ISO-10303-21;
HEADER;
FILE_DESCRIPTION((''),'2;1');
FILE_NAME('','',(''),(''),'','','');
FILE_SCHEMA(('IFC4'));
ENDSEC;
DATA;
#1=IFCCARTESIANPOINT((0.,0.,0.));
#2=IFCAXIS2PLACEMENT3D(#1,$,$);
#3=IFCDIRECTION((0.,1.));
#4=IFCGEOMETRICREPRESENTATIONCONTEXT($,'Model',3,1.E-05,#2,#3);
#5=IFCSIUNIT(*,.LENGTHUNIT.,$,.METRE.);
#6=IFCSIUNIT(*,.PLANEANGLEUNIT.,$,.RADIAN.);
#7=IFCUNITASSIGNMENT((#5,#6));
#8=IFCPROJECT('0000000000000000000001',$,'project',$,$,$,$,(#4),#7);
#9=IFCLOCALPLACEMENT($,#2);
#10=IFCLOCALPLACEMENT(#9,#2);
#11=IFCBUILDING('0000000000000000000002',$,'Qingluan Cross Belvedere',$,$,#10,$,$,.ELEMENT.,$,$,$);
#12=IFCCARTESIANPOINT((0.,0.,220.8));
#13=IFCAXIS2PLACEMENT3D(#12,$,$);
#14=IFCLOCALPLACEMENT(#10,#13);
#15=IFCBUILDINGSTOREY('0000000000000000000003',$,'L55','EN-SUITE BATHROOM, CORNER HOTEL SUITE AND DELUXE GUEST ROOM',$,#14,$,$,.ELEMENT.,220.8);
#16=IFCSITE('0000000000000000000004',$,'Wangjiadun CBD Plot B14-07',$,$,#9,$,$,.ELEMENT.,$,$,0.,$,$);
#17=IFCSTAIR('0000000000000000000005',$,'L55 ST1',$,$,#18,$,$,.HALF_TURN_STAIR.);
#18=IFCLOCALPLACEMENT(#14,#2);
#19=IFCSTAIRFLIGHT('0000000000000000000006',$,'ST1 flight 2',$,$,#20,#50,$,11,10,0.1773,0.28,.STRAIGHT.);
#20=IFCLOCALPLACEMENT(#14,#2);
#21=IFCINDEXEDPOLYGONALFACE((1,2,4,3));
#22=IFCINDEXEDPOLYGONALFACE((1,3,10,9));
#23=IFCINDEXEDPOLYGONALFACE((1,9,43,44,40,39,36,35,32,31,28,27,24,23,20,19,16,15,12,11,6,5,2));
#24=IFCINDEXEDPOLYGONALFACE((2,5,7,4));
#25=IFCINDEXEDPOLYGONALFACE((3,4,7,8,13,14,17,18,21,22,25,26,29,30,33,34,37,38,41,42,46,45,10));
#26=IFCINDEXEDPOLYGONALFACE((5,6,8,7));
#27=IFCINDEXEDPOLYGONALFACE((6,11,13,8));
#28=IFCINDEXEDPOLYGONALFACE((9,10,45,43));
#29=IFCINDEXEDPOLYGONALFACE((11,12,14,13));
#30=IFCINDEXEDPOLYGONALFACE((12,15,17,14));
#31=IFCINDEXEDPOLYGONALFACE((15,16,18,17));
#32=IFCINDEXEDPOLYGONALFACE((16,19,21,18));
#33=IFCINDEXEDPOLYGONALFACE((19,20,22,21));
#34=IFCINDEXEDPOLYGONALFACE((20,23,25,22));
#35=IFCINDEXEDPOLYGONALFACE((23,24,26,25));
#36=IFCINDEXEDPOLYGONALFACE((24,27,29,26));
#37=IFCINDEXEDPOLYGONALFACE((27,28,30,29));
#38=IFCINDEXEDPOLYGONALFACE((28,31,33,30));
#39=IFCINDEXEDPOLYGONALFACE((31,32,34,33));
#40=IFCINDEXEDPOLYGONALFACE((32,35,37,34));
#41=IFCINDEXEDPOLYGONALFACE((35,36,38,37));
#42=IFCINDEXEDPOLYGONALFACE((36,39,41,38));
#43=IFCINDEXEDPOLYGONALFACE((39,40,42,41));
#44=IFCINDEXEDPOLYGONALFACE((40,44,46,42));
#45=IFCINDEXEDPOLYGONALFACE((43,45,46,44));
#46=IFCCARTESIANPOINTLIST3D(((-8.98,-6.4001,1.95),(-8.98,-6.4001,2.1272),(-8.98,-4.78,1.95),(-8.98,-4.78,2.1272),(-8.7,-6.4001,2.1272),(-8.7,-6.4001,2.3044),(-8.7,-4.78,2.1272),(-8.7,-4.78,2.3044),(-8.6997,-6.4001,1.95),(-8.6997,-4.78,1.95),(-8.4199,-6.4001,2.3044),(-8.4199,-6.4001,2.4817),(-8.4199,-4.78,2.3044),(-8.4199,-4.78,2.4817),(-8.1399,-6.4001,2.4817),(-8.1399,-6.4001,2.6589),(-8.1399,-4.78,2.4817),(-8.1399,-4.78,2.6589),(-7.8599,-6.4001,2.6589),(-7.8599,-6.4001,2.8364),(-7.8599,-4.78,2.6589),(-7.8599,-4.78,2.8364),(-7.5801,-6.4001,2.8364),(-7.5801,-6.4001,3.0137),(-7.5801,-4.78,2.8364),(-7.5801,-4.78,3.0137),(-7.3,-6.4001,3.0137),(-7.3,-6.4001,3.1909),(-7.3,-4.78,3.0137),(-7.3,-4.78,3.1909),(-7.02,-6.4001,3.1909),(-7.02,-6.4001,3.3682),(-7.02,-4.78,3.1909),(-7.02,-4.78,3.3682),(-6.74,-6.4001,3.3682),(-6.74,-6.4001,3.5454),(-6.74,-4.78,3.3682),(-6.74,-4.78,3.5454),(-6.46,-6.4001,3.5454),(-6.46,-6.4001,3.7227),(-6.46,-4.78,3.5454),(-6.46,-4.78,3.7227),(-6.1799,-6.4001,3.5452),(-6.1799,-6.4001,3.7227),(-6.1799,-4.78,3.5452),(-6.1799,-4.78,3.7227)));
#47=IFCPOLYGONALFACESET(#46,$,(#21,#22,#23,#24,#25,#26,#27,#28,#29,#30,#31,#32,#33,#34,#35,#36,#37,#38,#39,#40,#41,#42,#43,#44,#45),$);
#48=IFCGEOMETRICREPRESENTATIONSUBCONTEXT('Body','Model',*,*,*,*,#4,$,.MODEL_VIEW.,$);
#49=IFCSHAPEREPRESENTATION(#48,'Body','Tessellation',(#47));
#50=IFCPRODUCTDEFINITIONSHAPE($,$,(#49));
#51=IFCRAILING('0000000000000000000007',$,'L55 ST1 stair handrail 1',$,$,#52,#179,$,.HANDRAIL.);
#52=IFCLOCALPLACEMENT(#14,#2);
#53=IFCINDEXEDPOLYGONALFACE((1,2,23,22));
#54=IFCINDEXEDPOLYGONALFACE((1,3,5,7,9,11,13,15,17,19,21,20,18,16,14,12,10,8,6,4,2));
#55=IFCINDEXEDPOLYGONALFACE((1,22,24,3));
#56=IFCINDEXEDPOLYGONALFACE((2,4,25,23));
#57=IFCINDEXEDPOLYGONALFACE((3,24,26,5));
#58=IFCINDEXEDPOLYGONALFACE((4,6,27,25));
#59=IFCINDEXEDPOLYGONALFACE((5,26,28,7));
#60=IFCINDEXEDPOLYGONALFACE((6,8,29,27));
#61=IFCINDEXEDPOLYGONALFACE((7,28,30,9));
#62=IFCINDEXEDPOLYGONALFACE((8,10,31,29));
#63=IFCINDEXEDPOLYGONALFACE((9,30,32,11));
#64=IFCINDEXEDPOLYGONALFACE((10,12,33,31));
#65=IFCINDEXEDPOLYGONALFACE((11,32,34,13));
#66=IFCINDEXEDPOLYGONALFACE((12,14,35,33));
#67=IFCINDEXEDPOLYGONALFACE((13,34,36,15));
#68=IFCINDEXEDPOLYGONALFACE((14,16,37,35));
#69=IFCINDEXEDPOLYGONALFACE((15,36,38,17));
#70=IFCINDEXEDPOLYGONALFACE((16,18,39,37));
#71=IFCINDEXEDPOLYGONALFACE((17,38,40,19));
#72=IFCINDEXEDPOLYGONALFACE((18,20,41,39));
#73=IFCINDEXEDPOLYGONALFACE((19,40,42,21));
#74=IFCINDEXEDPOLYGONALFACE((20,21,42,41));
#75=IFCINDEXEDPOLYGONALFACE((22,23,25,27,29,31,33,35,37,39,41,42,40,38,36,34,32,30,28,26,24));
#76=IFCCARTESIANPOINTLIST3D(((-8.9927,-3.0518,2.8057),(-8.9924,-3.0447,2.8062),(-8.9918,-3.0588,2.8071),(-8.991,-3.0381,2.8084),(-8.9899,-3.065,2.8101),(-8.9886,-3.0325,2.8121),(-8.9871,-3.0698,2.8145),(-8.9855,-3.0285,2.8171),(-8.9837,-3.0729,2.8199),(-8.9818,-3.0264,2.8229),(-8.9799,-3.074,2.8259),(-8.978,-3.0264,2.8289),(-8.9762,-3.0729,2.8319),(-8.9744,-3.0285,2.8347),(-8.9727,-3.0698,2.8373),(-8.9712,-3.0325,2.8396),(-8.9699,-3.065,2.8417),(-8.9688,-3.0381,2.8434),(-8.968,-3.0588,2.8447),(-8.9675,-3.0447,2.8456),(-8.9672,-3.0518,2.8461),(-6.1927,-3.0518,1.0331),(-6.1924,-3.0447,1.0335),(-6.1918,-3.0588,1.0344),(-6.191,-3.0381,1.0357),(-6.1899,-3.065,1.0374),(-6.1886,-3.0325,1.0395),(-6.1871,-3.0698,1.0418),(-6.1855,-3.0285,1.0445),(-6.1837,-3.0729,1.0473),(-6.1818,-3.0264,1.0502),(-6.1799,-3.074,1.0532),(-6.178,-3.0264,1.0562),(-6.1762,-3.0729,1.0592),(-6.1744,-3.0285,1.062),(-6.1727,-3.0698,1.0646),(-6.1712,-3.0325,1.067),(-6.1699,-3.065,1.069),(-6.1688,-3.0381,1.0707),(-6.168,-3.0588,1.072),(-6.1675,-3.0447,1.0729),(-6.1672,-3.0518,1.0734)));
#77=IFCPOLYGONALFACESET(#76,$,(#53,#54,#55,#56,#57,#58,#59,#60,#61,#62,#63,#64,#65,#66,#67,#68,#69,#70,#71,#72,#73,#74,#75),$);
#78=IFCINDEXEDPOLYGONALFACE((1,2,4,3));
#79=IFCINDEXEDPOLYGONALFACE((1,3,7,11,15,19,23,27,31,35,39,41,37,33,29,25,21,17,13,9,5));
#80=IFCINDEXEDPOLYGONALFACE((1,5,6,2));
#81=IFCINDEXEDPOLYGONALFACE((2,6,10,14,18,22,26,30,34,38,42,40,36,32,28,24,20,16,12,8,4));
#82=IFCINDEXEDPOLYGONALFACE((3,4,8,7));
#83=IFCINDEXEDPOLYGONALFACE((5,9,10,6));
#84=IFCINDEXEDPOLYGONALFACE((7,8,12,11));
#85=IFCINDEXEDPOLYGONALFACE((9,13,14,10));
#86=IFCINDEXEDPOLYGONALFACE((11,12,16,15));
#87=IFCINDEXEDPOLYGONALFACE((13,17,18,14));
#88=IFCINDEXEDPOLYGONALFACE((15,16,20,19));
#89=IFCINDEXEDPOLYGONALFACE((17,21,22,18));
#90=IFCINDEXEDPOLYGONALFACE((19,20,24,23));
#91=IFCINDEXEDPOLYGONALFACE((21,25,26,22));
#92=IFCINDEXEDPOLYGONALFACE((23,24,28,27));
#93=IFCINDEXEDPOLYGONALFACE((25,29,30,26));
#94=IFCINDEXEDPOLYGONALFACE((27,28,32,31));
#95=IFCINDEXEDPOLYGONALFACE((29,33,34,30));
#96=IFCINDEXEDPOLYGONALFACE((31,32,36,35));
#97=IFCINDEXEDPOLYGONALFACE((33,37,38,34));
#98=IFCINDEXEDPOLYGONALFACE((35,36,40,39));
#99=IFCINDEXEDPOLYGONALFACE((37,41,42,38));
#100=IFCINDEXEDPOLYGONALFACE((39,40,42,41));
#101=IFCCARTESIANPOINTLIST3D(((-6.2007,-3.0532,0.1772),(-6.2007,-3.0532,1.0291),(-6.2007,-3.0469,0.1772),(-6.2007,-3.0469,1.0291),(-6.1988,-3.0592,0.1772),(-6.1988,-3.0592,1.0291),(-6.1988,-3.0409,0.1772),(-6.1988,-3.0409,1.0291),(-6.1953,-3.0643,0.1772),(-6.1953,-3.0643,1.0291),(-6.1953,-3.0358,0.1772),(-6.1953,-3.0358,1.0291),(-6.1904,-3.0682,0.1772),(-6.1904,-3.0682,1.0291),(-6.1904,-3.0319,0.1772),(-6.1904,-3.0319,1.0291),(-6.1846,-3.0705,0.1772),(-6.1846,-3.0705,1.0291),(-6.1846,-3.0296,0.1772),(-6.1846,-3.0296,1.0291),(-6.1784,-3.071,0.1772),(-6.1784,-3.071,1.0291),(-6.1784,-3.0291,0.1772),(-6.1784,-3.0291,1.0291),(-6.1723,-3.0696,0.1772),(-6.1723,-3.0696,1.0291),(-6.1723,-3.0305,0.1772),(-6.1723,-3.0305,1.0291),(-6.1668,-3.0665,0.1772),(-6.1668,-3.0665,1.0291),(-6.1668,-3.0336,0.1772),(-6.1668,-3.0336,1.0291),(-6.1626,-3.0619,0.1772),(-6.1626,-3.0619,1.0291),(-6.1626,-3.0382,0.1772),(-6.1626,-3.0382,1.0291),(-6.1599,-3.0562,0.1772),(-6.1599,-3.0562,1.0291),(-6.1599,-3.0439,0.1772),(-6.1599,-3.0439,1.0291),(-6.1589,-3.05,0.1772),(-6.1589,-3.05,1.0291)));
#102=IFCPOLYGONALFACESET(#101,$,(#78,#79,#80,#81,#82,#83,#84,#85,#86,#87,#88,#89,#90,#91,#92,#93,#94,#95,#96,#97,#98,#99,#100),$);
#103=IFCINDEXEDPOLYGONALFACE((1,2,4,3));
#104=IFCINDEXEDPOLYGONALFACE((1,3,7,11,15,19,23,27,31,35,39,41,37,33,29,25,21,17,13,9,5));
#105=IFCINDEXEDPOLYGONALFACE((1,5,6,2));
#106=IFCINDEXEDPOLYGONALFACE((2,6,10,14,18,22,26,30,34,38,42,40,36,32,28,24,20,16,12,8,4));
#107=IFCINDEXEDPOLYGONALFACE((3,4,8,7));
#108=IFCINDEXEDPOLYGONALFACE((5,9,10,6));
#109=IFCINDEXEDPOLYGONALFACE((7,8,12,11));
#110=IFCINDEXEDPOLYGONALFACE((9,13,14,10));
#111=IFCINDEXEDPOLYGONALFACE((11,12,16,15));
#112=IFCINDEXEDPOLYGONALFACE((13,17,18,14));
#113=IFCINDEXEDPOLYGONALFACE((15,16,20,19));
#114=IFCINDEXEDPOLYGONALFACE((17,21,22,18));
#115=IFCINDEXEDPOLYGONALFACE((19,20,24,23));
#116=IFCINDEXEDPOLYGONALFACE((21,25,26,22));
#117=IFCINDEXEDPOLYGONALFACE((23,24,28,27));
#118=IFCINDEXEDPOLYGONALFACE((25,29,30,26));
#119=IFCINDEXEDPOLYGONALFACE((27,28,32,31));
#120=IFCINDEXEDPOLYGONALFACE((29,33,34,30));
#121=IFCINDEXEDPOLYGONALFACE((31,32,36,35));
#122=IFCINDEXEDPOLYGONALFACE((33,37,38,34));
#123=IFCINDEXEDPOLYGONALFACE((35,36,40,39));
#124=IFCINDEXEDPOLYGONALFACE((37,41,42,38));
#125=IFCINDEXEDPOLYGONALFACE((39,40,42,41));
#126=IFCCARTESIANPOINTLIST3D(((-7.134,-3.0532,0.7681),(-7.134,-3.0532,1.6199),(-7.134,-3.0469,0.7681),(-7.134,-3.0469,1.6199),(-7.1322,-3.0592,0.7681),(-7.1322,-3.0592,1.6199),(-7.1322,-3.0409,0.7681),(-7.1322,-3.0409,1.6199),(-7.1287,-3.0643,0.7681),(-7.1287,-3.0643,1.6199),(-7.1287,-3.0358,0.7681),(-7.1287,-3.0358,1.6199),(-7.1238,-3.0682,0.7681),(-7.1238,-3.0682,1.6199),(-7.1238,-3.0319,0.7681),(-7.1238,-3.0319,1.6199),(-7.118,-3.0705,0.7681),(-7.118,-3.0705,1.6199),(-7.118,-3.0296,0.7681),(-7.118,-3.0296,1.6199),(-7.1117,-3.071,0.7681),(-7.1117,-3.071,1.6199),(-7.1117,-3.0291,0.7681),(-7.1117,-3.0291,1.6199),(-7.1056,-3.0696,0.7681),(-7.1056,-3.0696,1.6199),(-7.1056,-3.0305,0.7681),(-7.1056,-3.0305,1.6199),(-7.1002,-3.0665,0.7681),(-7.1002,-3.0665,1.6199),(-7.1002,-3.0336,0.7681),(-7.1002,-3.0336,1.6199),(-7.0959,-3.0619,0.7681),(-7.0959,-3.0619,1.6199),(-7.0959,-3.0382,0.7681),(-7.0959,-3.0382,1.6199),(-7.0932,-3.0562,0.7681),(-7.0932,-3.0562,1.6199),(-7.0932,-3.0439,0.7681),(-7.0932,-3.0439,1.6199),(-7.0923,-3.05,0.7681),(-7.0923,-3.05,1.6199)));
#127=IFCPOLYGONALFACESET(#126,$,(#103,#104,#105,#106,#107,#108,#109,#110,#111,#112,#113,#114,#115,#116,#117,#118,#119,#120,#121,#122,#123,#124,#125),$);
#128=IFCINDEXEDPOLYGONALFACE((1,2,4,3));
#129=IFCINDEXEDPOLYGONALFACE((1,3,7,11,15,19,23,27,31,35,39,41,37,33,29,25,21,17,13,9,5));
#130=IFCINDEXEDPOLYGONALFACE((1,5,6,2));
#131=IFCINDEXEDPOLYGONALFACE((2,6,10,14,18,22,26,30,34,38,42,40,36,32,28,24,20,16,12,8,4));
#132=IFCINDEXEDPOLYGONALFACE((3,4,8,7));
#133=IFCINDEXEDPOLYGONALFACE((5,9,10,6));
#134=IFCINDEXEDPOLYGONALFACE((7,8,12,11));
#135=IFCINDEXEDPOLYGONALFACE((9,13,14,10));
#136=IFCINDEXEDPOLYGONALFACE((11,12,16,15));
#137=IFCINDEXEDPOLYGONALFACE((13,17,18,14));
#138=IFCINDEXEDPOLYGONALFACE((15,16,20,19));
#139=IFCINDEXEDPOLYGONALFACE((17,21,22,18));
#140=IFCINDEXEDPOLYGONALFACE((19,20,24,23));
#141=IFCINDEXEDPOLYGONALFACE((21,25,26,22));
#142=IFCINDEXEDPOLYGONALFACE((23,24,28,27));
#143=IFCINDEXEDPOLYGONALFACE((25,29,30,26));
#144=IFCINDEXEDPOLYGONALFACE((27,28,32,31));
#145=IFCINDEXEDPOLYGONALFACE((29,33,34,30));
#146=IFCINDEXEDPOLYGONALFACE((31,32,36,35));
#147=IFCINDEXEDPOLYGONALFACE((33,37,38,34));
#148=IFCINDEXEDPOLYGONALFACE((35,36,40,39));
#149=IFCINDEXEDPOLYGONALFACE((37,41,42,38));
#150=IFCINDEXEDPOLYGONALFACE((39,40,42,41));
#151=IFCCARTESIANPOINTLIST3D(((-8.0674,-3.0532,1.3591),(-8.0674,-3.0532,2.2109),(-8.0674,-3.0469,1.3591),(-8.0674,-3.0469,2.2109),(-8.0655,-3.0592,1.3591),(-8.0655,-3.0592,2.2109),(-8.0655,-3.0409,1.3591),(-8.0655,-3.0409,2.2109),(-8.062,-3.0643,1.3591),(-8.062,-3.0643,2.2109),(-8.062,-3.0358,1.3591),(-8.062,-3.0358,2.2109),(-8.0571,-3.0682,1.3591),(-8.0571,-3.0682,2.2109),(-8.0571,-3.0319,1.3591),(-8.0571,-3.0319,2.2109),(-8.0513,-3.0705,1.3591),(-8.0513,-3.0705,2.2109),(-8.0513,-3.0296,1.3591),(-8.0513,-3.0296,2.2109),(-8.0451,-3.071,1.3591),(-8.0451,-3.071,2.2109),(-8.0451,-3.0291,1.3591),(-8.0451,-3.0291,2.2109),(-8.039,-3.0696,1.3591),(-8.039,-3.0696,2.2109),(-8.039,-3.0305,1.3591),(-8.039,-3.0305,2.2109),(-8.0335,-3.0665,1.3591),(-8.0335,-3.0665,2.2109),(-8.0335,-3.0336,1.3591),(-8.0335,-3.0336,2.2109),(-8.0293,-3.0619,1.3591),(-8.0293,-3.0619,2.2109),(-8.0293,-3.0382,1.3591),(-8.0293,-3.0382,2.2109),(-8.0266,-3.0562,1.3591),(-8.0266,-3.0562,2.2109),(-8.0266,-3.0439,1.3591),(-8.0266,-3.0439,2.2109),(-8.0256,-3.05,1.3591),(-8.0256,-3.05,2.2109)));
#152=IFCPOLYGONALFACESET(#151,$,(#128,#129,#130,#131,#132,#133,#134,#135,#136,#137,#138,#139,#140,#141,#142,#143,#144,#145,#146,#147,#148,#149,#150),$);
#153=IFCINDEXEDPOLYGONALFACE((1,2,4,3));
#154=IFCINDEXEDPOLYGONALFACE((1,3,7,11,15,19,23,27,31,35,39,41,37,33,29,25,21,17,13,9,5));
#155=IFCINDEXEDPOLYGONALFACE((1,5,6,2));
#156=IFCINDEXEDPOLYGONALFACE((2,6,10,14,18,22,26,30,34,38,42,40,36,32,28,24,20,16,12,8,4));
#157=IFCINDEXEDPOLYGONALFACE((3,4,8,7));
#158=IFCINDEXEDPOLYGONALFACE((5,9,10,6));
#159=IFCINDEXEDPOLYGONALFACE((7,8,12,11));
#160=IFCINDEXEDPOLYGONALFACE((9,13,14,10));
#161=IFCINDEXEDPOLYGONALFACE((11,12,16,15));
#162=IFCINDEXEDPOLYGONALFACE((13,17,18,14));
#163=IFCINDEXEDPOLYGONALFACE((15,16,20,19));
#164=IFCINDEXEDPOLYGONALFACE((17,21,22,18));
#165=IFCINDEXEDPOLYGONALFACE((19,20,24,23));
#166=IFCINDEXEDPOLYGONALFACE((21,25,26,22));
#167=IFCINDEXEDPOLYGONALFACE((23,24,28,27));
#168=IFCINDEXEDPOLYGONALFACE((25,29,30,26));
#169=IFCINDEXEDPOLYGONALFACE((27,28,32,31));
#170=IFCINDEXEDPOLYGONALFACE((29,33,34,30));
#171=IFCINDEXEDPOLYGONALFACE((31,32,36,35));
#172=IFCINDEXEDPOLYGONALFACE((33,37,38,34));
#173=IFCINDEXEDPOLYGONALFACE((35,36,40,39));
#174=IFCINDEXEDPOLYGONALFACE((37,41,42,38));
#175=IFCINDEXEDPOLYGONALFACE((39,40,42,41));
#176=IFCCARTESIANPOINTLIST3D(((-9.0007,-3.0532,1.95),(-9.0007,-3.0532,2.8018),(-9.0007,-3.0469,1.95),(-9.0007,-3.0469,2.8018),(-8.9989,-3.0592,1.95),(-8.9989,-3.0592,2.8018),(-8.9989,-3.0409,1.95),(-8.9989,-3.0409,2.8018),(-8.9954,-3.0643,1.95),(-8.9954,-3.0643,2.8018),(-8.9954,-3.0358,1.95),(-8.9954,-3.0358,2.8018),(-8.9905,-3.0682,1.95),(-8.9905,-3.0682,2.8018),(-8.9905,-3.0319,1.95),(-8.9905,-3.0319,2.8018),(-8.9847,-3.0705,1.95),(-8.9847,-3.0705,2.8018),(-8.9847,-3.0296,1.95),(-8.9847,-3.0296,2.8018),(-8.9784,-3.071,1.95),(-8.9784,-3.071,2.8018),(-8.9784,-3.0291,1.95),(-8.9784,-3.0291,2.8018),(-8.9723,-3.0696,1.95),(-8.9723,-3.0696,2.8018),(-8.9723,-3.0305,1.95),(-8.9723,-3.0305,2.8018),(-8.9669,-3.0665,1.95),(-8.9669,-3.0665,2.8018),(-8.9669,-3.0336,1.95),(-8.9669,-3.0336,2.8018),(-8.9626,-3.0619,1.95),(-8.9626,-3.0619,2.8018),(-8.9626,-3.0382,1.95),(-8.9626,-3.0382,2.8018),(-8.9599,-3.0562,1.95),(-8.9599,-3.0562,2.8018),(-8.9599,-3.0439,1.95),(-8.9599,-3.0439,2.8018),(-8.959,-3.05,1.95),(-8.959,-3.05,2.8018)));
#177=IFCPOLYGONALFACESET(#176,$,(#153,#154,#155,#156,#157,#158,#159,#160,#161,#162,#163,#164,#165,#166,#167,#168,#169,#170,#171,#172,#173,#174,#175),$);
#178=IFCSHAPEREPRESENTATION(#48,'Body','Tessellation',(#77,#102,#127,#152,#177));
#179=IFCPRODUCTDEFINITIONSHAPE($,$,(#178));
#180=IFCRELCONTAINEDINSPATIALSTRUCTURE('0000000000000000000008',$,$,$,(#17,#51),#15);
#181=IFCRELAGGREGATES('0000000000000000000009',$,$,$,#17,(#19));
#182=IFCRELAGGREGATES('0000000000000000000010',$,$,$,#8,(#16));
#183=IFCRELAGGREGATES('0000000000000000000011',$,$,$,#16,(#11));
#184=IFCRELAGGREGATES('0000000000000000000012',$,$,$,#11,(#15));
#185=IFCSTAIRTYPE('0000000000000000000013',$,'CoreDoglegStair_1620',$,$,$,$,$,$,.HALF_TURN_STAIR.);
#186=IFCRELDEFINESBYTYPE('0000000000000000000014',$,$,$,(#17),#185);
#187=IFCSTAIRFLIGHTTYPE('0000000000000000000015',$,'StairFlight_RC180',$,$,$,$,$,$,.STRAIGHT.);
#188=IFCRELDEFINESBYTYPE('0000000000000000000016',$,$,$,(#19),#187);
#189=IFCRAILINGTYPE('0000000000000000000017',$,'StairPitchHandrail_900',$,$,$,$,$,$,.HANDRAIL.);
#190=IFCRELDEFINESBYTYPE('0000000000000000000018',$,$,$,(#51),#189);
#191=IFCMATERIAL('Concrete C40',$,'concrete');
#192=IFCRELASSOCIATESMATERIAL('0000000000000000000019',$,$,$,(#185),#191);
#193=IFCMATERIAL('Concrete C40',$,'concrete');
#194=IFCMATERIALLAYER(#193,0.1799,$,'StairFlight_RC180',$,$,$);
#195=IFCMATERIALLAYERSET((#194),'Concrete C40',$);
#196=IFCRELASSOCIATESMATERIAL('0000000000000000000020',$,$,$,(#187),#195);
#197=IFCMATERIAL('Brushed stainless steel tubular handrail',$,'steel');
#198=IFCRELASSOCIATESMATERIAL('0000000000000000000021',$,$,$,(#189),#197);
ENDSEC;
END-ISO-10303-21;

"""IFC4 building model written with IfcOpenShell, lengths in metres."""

from ifc_helpers import new_model, si_unit, direction, frame, origin, origin_2d, place, context, subcontext, project, spatial, polyline, circle, outline, extrude, material, layer, layer_set, type_object, element, aggregate, save


model = new_model("IFC4")

# Units and contexts
model_context = context("Model", 3, precision=1e-05, world=origin(), true_north=direction((0.0, 1.0)))
body_context = subcontext(model_context, "Body", "Model", "MODEL_VIEW")
ifc_project = project(units=[si_unit("LENGTHUNIT", "METRE"), si_unit("PLANEANGLEUNIT", "RADIAN")], contexts=[model_context])

# Site, building, storey
site_placement = place(None, origin())
site = spatial("IfcSite", under=ifc_project, at=site_placement, Name="Wangjiadun CBD Plot B14-07", CompositionType="ELEMENT", RefElevation=0.0)
building_placement = place(site_placement, origin())
building = spatial("IfcBuilding", under=site, at=building_placement, Name="Qingluan Cross Belvedere", CompositionType="ELEMENT")
storey_placement = place(building_placement, frame((0.0, 0.0, 220.8)))
storey = spatial("IfcBuildingStorey", under=building, at=storey_placement, Name="L55", Description="EN-SUITE BATHROOM, CORNER HOTEL SUITE AND DELUXE GUEST ROOM", CompositionType="ELEMENT", Elevation=220.8)

# Stair, stair flight
ifc_material_1 = material(Name="Concrete C40", Category="concrete")
stair_type = type_object("IfcStairType", Name="CoreDoglegStair_1620", PredefinedType="HALF_TURN_STAIR", material=ifc_material_1)
stair_placement = place(storey_placement, origin())
stair = element("IfcStair", 1, at=stair_placement, inside=storey, type_object=stair_type, Name="L55 ST1", PredefinedType="HALF_TURN_STAIR")
ifc_material_2 = material(Name="Concrete C40", Category="concrete")
ifc_layer_1 = layer(ifc_material_2, 0.1799, Name="StairFlight_RC180")
ifc_layer_set_1 = layer_set([ifc_layer_1], Name="Concrete C40")
stair_flight_type = type_object("IfcStairFlightType", Name="StairFlight_RC180", PredefinedType="STRAIGHT", material=ifc_layer_set_1)
stair_flight_1_placement = place(storey_placement, frame((-8.98, -5.5901, 1.95), z_axis=(0.0, 0.0, 1.0), x_axis=(1.0, 0.0, 0.0)))
stair_flight_1 = element("IfcStairFlight", 2, at=stair_flight_1_placement, type_object=stair_flight_type, Name="ST1 flight 2", NumberOfRisers=11, NumberOfTreads=10, PredefinedType="STRAIGHT", RiserHeight=0.1773, TreadLength=0.28, context=body_context, shape_type="SweptSolid", body=[
    extrude(outline(polyline([(0.0, 0.0), (0.0, 0.1772), (0.28, 0.1772), (0.28, 0.3545), (0.5601, 0.3545), (0.5601, 0.5317), (0.8401, 0.5317), (0.8401, 0.709), (1.1201, 0.709), (1.1201, 0.8865), (1.3999, 0.8865), (1.3999, 1.0637), (1.6799, 1.0637), (1.6799, 1.241), (1.96, 1.241), (1.96, 1.4182), (2.24, 1.4182), (2.24, 1.5955), (2.52, 1.5955), (2.52, 1.7727), (2.8, 1.7727), (2.8, 1.95), (2.8, 1.5952), (0.2803, 0.0), (0.0, 0.0)])), frame((0.0, 0.8101, 0.0), z_axis=(0.0, -1.0, 0.0), x_axis=(1.0, 0.0, 0.0)), (0.0, 0.0, 1.0), 1.6201),
])
aggregate(stair, [stair_flight_1])

# Railing
ifc_material_3 = material(Name="Brushed stainless steel tubular handrail", Category="steel")
railing_type_1 = type_object("IfcRailingType", Name="StairPitchHandrail_900", PredefinedType="HANDRAIL", material=ifc_material_3)
railing_1_placement = place(storey_placement, frame((-6.1799, -3.05, 0.1772)))
element("IfcRailing", 3, at=railing_1_placement, inside=storey, type_object=railing_type_1, Name="L55 ST1 stair handrail 1", PredefinedType="HANDRAIL", context=body_context, shape_type="SweptSolid", body=[
    extrude(circle(Radius=0.0239, at=origin_2d()), frame((0.0, 0.0, 0.876), z_axis=(-0.844909, 0.0, 0.53491), x_axis=(0.0, -1.0, 0.0)), (0.0, 0.0, 1.0), 3.314),
    extrude(circle(Radius=0.021, at=origin_2d()), origin(), (0.0, 0.0, 1.0), 0.8518),
    extrude(circle(Radius=0.021, at=origin_2d()), frame((-0.9333, 0.0, 0.5908)), (0.0, 0.0, 1.0), 0.8518),
    extrude(circle(Radius=0.021, at=origin_2d()), frame((-1.8667, 0.0, 1.1819)), (0.0, 0.0, 1.0), 0.8518),
    extrude(circle(Radius=0.021, at=origin_2d()), frame((-2.8, 0.0, 1.7727)), (0.0, 0.0, 1.0), 0.8518),
])

save(model, "model.ifc")
